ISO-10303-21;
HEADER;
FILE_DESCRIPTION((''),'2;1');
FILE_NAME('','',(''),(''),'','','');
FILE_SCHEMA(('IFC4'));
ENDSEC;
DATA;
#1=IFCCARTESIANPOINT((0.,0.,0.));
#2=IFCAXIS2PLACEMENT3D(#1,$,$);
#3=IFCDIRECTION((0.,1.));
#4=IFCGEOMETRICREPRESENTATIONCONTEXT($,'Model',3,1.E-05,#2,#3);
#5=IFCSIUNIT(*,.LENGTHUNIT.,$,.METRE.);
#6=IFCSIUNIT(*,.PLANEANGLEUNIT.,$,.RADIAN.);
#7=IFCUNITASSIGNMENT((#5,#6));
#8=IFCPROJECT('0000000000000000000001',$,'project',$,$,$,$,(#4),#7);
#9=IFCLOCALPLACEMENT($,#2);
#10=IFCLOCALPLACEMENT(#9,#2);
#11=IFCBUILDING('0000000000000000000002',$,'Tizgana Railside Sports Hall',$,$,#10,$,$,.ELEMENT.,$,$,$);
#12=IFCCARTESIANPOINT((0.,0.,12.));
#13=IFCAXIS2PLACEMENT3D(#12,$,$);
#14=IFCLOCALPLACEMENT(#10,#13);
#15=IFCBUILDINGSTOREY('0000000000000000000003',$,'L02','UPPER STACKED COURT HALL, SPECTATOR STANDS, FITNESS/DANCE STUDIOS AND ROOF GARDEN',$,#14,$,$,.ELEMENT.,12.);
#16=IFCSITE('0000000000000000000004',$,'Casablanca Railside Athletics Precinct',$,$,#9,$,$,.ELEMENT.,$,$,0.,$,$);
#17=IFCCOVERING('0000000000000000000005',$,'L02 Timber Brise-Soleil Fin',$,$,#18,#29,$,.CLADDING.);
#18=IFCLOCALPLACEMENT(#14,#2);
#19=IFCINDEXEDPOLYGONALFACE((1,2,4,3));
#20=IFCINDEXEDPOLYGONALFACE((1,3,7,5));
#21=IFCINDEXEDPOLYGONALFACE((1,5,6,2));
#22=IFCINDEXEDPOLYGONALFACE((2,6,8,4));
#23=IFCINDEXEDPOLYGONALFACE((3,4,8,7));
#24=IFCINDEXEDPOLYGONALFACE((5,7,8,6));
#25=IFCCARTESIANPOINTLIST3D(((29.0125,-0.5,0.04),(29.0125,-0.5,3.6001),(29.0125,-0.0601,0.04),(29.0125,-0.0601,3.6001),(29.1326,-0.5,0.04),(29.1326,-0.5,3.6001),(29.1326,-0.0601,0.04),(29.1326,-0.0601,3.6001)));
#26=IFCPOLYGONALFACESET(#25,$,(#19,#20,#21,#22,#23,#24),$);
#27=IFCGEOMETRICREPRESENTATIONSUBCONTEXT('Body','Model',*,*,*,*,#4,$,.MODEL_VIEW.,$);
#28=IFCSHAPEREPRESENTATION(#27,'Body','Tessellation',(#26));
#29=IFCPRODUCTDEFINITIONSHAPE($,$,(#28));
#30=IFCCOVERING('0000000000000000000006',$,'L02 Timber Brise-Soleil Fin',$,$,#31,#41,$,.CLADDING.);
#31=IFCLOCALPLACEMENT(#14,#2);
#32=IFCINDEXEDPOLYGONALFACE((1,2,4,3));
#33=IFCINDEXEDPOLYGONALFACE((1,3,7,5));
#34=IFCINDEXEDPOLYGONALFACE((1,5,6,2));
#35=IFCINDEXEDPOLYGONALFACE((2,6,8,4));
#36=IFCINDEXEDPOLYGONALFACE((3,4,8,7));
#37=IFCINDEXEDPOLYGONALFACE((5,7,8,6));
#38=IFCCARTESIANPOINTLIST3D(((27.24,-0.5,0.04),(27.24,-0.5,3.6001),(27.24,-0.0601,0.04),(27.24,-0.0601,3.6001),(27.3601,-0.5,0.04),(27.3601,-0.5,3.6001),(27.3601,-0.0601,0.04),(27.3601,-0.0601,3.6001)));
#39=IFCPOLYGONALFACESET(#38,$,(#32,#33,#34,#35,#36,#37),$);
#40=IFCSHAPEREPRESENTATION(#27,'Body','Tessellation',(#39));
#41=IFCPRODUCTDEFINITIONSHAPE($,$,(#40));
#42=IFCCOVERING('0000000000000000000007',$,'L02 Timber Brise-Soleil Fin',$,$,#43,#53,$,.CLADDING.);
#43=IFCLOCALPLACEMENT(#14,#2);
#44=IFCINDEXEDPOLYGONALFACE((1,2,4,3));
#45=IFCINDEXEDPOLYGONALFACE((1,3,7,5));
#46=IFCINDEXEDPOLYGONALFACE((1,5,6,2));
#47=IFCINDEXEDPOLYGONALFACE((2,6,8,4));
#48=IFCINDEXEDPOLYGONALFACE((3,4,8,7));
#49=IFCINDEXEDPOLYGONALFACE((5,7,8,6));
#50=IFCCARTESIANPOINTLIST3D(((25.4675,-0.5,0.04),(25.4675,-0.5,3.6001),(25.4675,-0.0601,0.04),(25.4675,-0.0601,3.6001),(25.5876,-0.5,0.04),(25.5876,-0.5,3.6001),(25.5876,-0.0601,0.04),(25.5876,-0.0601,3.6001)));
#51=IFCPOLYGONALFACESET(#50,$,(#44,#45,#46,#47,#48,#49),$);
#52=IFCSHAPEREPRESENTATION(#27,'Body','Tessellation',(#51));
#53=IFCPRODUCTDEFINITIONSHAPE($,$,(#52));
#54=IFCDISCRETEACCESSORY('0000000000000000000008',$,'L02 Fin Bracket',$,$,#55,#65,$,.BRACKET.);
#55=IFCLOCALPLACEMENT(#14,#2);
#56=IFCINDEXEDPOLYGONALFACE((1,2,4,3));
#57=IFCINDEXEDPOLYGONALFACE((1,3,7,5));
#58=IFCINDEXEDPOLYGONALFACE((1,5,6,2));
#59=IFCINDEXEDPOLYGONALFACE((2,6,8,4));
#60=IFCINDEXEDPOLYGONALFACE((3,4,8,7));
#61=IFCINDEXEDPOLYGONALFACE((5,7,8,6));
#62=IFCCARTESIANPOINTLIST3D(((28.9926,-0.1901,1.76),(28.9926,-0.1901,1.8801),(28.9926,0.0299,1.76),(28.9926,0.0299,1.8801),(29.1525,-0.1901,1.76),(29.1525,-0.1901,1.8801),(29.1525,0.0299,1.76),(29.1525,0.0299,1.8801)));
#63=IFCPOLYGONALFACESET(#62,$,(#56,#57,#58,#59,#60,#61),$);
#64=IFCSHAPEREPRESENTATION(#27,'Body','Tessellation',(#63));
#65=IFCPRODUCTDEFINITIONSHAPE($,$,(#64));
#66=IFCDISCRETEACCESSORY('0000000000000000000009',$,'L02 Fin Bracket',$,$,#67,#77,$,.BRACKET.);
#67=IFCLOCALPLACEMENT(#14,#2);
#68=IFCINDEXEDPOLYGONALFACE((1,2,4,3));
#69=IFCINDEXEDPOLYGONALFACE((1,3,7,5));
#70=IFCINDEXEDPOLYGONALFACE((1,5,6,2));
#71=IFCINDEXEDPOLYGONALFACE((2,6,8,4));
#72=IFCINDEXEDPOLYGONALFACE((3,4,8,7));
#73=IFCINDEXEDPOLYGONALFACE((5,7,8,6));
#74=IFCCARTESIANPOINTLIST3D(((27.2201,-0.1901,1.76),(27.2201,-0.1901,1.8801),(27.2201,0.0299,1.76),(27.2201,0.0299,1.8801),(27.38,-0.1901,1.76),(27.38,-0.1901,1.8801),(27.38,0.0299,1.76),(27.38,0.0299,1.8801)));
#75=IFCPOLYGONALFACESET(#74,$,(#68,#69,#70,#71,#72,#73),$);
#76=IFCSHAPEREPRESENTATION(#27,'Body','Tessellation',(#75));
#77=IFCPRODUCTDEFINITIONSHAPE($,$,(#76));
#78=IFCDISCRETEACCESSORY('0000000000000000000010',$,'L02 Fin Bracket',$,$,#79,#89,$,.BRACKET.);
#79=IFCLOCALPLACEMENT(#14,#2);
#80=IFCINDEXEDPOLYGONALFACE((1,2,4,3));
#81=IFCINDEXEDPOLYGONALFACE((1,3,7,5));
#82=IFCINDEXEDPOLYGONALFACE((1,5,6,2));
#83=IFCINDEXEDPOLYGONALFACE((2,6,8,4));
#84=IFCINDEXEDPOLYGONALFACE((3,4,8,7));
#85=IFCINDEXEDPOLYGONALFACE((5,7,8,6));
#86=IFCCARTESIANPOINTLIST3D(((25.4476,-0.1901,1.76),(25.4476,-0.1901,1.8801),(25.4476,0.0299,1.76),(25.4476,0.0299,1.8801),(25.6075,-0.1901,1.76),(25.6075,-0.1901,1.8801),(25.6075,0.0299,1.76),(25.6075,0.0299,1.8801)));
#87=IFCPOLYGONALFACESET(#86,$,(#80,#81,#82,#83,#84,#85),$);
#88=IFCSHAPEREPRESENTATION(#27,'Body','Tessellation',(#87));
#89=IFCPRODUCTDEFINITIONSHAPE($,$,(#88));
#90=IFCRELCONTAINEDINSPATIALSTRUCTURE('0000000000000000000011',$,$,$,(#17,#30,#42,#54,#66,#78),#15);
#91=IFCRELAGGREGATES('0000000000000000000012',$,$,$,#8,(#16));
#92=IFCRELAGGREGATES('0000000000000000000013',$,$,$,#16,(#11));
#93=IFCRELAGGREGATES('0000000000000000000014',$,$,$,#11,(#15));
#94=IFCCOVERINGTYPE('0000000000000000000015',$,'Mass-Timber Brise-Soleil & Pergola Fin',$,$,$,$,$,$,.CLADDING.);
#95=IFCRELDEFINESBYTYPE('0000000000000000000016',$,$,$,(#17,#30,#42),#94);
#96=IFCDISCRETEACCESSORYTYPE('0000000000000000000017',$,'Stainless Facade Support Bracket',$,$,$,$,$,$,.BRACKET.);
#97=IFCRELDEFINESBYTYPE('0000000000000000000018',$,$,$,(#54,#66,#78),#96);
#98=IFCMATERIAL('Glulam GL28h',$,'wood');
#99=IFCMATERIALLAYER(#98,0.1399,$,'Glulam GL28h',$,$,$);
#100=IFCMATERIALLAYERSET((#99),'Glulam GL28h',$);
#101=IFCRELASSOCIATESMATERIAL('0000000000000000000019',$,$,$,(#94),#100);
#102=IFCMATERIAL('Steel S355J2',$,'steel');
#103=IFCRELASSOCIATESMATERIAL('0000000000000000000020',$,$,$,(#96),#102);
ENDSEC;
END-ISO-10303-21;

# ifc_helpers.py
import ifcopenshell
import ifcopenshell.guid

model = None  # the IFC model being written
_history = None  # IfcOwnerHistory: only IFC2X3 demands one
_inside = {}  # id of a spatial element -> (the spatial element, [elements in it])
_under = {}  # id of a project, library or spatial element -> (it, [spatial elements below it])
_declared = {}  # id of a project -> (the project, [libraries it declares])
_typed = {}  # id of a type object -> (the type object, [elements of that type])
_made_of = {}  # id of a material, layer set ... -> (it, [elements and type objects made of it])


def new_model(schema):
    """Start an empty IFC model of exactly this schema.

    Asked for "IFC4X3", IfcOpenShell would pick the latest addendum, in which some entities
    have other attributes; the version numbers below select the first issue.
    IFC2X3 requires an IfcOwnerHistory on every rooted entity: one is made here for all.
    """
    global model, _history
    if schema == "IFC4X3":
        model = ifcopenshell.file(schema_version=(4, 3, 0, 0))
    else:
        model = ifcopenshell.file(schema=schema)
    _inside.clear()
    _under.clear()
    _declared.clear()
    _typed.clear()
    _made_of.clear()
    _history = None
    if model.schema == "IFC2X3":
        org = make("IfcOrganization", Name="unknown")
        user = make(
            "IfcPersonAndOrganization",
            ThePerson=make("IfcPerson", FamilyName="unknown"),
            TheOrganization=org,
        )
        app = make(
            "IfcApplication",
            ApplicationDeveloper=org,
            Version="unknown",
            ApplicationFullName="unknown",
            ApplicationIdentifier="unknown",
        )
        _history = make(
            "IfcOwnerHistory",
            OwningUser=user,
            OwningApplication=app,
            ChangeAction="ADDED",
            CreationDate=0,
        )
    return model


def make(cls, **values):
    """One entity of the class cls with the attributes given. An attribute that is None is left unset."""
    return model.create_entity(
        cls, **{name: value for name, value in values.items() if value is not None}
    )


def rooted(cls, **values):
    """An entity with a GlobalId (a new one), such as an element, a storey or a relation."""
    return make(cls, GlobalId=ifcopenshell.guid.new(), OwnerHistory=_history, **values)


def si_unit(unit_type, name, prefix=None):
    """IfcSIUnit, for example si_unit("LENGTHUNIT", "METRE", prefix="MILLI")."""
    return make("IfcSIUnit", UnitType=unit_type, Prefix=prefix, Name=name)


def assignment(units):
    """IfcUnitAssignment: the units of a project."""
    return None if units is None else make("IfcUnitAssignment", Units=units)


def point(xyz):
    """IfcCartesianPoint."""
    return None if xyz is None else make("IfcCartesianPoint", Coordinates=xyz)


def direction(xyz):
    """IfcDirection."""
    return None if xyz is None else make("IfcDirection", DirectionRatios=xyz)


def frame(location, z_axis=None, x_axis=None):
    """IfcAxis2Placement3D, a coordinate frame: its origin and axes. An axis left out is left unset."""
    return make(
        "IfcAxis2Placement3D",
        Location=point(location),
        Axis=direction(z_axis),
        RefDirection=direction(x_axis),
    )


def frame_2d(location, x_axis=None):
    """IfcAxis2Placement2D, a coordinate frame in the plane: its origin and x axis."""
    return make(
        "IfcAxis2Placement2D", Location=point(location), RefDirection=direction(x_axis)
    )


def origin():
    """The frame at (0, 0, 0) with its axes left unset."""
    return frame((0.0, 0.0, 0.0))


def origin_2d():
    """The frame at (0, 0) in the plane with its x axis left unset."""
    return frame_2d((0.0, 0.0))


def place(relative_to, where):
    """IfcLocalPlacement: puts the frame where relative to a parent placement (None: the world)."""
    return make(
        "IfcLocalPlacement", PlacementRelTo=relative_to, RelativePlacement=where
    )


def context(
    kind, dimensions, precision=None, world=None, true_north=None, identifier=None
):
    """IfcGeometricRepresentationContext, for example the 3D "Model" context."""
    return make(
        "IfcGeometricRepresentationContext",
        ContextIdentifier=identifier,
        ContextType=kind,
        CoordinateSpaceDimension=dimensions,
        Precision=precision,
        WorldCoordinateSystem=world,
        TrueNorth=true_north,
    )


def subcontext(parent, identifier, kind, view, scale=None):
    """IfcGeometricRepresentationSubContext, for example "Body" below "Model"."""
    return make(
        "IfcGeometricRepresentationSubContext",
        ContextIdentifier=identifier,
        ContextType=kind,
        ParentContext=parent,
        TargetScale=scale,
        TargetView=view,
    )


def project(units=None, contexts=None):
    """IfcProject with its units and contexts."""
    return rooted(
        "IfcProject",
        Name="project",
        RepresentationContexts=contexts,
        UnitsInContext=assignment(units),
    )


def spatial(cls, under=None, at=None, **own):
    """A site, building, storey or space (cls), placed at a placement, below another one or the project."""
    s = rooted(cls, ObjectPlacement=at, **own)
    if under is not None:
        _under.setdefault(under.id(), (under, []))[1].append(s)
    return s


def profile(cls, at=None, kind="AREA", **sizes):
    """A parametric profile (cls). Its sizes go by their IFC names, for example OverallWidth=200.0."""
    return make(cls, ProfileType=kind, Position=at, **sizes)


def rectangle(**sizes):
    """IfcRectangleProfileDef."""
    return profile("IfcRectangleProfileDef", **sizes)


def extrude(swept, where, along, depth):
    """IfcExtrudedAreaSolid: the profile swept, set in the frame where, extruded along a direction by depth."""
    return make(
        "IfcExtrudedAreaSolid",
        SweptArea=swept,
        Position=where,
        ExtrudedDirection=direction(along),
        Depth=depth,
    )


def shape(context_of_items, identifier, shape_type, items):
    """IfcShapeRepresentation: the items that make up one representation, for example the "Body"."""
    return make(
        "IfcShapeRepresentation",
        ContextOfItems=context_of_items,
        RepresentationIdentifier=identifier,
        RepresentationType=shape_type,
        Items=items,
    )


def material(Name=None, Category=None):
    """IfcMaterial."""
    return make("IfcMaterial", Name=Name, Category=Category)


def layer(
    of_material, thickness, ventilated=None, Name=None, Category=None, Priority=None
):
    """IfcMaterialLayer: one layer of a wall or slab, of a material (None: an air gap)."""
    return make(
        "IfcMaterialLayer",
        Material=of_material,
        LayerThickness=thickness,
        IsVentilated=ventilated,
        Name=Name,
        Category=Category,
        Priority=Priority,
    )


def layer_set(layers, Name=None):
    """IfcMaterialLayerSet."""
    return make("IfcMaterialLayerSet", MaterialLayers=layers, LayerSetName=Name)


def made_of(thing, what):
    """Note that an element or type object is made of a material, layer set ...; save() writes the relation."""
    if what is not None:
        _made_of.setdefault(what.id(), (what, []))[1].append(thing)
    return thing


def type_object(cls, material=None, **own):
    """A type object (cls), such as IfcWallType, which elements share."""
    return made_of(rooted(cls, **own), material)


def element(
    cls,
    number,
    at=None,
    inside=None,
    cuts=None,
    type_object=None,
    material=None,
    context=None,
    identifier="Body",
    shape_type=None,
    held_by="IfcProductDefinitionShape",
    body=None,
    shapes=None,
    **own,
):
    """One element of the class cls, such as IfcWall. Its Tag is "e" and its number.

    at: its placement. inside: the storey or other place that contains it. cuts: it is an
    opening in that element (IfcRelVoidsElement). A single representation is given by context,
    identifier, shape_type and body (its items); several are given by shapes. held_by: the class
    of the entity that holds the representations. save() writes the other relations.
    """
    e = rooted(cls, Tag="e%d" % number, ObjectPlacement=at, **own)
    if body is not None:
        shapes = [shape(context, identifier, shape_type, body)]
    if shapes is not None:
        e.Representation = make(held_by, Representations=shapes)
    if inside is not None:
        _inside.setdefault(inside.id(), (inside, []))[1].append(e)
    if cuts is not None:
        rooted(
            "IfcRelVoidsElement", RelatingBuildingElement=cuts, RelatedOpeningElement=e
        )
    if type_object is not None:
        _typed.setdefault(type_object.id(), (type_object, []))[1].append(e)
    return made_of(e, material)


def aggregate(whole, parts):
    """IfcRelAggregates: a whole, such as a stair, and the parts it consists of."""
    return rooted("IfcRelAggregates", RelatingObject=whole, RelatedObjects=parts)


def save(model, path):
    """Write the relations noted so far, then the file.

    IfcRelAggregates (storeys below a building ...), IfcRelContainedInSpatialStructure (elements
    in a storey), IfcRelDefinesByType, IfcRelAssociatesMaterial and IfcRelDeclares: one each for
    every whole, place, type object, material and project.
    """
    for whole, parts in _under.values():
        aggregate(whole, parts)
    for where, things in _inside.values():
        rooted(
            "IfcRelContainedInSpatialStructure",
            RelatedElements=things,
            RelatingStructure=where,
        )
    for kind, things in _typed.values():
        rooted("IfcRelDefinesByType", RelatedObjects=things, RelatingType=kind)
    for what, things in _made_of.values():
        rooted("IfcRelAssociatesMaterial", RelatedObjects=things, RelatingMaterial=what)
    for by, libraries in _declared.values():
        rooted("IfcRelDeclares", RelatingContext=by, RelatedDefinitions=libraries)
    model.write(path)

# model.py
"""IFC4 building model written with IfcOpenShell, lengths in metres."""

from ifc_helpers import new_model, si_unit, direction, frame, origin, origin_2d, place, context, subcontext, project, spatial, rectangle, extrude, material, layer, layer_set, type_object, element, save


model = new_model("IFC4")

# Units and contexts
model_context = context("Model", 3, precision=1e-05, world=origin(), true_north=direction((0.0, 1.0)))
body_context = subcontext(model_context, "Body", "Model", "MODEL_VIEW")
ifc_project = project(units=[si_unit("LENGTHUNIT", "METRE"), si_unit("PLANEANGLEUNIT", "RADIAN")], contexts=[model_context])

# Site, building, storey
site_placement = place(None, origin())
site = spatial("IfcSite", under=ifc_project, at=site_placement, Name="Casablanca Railside Athletics Precinct", CompositionType="ELEMENT", RefElevation=0.0)
building_placement = place(site_placement, origin())
building = spatial("IfcBuilding", under=site, at=building_placement, Name="Tizgana Railside Sports Hall", CompositionType="ELEMENT")
storey_placement = place(building_placement, frame((0.0, 0.0, 12.0)))
storey = spatial("IfcBuildingStorey", under=building, at=storey_placement, Name="L02", Description="UPPER STACKED COURT HALL, SPECTATOR STANDS, FITNESS/DANCE STUDIOS AND ROOF GARDEN", CompositionType="ELEMENT", Elevation=12.0)

# Coverings
ifc_material_1 = material(Name="Glulam GL28h", Category="wood")
ifc_layer_1 = layer(ifc_material_1, 0.1399, Name="Glulam GL28h")
ifc_layer_set_1 = layer_set([ifc_layer_1], Name="Glulam GL28h")
covering_type = type_object("IfcCoveringType", Name="Mass-Timber Brise-Soleil & Pergola Fin", PredefinedType="CLADDING", material=ifc_layer_set_1)
for number, where, z_axis, x_axis, name in (
    (1, (29.0725, -0.28, 0.04), (0.0, 0.0, 1.0), (-1.0, 0.0, 0.0), "L02 Timber Brise-Soleil Fin"),
    (2, (27.3, -0.28, 0.04), (0.0, 0.0, 1.0), (-1.0, 0.0, 0.0), "L02 Timber Brise-Soleil Fin"),
    (3, (25.5276, -0.28, 0.04), (0.0, 0.0, 1.0), (-1.0, 0.0, 0.0), "L02 Timber Brise-Soleil Fin"),
):
    element("IfcCovering", number, at=place(storey_placement, frame(where, z_axis=z_axis, x_axis=x_axis)), inside=storey, type_object=covering_type, Name=name, PredefinedType="CLADDING", context=body_context, shape_type="SweptSolid", body=[
        extrude(rectangle(XDim=0.1201, YDim=0.4399, at=origin_2d()), origin(), (0.0, 0.0, 1.0), 3.5601),
    ])

# Discrete accessories
ifc_material_2 = material(Name="Steel S355J2", Category="steel")
discrete_accessory_type = type_object("IfcDiscreteAccessoryType", Name="Stainless Facade Support Bracket", PredefinedType="BRACKET", material=ifc_material_2)
for number, where, z_axis, x_axis, name in (
    (4, (29.0725, -0.0801, 1.76), (0.0, 0.0, 1.0), (-1.0, 0.0, 0.0), "L02 Fin Bracket"),
    (5, (27.3, -0.0801, 1.76), (0.0, 0.0, 1.0), (-1.0, 0.0, 0.0), "L02 Fin Bracket"),
    (6, (25.5276, -0.0801, 1.76), (0.0, 0.0, 1.0), (-1.0, 0.0, 0.0), "L02 Fin Bracket"),
):
    element("IfcDiscreteAccessory", number, at=place(storey_placement, frame(where, z_axis=z_axis, x_axis=x_axis)), inside=storey, type_object=discrete_accessory_type, Name=name, PredefinedType="BRACKET", context=body_context, shape_type="SweptSolid", body=[
        extrude(rectangle(XDim=0.1599, YDim=0.22, at=origin_2d()), origin(), (0.0, 0.0, 1.0), 0.1201),
    ])

save(model, "model.ifc")
